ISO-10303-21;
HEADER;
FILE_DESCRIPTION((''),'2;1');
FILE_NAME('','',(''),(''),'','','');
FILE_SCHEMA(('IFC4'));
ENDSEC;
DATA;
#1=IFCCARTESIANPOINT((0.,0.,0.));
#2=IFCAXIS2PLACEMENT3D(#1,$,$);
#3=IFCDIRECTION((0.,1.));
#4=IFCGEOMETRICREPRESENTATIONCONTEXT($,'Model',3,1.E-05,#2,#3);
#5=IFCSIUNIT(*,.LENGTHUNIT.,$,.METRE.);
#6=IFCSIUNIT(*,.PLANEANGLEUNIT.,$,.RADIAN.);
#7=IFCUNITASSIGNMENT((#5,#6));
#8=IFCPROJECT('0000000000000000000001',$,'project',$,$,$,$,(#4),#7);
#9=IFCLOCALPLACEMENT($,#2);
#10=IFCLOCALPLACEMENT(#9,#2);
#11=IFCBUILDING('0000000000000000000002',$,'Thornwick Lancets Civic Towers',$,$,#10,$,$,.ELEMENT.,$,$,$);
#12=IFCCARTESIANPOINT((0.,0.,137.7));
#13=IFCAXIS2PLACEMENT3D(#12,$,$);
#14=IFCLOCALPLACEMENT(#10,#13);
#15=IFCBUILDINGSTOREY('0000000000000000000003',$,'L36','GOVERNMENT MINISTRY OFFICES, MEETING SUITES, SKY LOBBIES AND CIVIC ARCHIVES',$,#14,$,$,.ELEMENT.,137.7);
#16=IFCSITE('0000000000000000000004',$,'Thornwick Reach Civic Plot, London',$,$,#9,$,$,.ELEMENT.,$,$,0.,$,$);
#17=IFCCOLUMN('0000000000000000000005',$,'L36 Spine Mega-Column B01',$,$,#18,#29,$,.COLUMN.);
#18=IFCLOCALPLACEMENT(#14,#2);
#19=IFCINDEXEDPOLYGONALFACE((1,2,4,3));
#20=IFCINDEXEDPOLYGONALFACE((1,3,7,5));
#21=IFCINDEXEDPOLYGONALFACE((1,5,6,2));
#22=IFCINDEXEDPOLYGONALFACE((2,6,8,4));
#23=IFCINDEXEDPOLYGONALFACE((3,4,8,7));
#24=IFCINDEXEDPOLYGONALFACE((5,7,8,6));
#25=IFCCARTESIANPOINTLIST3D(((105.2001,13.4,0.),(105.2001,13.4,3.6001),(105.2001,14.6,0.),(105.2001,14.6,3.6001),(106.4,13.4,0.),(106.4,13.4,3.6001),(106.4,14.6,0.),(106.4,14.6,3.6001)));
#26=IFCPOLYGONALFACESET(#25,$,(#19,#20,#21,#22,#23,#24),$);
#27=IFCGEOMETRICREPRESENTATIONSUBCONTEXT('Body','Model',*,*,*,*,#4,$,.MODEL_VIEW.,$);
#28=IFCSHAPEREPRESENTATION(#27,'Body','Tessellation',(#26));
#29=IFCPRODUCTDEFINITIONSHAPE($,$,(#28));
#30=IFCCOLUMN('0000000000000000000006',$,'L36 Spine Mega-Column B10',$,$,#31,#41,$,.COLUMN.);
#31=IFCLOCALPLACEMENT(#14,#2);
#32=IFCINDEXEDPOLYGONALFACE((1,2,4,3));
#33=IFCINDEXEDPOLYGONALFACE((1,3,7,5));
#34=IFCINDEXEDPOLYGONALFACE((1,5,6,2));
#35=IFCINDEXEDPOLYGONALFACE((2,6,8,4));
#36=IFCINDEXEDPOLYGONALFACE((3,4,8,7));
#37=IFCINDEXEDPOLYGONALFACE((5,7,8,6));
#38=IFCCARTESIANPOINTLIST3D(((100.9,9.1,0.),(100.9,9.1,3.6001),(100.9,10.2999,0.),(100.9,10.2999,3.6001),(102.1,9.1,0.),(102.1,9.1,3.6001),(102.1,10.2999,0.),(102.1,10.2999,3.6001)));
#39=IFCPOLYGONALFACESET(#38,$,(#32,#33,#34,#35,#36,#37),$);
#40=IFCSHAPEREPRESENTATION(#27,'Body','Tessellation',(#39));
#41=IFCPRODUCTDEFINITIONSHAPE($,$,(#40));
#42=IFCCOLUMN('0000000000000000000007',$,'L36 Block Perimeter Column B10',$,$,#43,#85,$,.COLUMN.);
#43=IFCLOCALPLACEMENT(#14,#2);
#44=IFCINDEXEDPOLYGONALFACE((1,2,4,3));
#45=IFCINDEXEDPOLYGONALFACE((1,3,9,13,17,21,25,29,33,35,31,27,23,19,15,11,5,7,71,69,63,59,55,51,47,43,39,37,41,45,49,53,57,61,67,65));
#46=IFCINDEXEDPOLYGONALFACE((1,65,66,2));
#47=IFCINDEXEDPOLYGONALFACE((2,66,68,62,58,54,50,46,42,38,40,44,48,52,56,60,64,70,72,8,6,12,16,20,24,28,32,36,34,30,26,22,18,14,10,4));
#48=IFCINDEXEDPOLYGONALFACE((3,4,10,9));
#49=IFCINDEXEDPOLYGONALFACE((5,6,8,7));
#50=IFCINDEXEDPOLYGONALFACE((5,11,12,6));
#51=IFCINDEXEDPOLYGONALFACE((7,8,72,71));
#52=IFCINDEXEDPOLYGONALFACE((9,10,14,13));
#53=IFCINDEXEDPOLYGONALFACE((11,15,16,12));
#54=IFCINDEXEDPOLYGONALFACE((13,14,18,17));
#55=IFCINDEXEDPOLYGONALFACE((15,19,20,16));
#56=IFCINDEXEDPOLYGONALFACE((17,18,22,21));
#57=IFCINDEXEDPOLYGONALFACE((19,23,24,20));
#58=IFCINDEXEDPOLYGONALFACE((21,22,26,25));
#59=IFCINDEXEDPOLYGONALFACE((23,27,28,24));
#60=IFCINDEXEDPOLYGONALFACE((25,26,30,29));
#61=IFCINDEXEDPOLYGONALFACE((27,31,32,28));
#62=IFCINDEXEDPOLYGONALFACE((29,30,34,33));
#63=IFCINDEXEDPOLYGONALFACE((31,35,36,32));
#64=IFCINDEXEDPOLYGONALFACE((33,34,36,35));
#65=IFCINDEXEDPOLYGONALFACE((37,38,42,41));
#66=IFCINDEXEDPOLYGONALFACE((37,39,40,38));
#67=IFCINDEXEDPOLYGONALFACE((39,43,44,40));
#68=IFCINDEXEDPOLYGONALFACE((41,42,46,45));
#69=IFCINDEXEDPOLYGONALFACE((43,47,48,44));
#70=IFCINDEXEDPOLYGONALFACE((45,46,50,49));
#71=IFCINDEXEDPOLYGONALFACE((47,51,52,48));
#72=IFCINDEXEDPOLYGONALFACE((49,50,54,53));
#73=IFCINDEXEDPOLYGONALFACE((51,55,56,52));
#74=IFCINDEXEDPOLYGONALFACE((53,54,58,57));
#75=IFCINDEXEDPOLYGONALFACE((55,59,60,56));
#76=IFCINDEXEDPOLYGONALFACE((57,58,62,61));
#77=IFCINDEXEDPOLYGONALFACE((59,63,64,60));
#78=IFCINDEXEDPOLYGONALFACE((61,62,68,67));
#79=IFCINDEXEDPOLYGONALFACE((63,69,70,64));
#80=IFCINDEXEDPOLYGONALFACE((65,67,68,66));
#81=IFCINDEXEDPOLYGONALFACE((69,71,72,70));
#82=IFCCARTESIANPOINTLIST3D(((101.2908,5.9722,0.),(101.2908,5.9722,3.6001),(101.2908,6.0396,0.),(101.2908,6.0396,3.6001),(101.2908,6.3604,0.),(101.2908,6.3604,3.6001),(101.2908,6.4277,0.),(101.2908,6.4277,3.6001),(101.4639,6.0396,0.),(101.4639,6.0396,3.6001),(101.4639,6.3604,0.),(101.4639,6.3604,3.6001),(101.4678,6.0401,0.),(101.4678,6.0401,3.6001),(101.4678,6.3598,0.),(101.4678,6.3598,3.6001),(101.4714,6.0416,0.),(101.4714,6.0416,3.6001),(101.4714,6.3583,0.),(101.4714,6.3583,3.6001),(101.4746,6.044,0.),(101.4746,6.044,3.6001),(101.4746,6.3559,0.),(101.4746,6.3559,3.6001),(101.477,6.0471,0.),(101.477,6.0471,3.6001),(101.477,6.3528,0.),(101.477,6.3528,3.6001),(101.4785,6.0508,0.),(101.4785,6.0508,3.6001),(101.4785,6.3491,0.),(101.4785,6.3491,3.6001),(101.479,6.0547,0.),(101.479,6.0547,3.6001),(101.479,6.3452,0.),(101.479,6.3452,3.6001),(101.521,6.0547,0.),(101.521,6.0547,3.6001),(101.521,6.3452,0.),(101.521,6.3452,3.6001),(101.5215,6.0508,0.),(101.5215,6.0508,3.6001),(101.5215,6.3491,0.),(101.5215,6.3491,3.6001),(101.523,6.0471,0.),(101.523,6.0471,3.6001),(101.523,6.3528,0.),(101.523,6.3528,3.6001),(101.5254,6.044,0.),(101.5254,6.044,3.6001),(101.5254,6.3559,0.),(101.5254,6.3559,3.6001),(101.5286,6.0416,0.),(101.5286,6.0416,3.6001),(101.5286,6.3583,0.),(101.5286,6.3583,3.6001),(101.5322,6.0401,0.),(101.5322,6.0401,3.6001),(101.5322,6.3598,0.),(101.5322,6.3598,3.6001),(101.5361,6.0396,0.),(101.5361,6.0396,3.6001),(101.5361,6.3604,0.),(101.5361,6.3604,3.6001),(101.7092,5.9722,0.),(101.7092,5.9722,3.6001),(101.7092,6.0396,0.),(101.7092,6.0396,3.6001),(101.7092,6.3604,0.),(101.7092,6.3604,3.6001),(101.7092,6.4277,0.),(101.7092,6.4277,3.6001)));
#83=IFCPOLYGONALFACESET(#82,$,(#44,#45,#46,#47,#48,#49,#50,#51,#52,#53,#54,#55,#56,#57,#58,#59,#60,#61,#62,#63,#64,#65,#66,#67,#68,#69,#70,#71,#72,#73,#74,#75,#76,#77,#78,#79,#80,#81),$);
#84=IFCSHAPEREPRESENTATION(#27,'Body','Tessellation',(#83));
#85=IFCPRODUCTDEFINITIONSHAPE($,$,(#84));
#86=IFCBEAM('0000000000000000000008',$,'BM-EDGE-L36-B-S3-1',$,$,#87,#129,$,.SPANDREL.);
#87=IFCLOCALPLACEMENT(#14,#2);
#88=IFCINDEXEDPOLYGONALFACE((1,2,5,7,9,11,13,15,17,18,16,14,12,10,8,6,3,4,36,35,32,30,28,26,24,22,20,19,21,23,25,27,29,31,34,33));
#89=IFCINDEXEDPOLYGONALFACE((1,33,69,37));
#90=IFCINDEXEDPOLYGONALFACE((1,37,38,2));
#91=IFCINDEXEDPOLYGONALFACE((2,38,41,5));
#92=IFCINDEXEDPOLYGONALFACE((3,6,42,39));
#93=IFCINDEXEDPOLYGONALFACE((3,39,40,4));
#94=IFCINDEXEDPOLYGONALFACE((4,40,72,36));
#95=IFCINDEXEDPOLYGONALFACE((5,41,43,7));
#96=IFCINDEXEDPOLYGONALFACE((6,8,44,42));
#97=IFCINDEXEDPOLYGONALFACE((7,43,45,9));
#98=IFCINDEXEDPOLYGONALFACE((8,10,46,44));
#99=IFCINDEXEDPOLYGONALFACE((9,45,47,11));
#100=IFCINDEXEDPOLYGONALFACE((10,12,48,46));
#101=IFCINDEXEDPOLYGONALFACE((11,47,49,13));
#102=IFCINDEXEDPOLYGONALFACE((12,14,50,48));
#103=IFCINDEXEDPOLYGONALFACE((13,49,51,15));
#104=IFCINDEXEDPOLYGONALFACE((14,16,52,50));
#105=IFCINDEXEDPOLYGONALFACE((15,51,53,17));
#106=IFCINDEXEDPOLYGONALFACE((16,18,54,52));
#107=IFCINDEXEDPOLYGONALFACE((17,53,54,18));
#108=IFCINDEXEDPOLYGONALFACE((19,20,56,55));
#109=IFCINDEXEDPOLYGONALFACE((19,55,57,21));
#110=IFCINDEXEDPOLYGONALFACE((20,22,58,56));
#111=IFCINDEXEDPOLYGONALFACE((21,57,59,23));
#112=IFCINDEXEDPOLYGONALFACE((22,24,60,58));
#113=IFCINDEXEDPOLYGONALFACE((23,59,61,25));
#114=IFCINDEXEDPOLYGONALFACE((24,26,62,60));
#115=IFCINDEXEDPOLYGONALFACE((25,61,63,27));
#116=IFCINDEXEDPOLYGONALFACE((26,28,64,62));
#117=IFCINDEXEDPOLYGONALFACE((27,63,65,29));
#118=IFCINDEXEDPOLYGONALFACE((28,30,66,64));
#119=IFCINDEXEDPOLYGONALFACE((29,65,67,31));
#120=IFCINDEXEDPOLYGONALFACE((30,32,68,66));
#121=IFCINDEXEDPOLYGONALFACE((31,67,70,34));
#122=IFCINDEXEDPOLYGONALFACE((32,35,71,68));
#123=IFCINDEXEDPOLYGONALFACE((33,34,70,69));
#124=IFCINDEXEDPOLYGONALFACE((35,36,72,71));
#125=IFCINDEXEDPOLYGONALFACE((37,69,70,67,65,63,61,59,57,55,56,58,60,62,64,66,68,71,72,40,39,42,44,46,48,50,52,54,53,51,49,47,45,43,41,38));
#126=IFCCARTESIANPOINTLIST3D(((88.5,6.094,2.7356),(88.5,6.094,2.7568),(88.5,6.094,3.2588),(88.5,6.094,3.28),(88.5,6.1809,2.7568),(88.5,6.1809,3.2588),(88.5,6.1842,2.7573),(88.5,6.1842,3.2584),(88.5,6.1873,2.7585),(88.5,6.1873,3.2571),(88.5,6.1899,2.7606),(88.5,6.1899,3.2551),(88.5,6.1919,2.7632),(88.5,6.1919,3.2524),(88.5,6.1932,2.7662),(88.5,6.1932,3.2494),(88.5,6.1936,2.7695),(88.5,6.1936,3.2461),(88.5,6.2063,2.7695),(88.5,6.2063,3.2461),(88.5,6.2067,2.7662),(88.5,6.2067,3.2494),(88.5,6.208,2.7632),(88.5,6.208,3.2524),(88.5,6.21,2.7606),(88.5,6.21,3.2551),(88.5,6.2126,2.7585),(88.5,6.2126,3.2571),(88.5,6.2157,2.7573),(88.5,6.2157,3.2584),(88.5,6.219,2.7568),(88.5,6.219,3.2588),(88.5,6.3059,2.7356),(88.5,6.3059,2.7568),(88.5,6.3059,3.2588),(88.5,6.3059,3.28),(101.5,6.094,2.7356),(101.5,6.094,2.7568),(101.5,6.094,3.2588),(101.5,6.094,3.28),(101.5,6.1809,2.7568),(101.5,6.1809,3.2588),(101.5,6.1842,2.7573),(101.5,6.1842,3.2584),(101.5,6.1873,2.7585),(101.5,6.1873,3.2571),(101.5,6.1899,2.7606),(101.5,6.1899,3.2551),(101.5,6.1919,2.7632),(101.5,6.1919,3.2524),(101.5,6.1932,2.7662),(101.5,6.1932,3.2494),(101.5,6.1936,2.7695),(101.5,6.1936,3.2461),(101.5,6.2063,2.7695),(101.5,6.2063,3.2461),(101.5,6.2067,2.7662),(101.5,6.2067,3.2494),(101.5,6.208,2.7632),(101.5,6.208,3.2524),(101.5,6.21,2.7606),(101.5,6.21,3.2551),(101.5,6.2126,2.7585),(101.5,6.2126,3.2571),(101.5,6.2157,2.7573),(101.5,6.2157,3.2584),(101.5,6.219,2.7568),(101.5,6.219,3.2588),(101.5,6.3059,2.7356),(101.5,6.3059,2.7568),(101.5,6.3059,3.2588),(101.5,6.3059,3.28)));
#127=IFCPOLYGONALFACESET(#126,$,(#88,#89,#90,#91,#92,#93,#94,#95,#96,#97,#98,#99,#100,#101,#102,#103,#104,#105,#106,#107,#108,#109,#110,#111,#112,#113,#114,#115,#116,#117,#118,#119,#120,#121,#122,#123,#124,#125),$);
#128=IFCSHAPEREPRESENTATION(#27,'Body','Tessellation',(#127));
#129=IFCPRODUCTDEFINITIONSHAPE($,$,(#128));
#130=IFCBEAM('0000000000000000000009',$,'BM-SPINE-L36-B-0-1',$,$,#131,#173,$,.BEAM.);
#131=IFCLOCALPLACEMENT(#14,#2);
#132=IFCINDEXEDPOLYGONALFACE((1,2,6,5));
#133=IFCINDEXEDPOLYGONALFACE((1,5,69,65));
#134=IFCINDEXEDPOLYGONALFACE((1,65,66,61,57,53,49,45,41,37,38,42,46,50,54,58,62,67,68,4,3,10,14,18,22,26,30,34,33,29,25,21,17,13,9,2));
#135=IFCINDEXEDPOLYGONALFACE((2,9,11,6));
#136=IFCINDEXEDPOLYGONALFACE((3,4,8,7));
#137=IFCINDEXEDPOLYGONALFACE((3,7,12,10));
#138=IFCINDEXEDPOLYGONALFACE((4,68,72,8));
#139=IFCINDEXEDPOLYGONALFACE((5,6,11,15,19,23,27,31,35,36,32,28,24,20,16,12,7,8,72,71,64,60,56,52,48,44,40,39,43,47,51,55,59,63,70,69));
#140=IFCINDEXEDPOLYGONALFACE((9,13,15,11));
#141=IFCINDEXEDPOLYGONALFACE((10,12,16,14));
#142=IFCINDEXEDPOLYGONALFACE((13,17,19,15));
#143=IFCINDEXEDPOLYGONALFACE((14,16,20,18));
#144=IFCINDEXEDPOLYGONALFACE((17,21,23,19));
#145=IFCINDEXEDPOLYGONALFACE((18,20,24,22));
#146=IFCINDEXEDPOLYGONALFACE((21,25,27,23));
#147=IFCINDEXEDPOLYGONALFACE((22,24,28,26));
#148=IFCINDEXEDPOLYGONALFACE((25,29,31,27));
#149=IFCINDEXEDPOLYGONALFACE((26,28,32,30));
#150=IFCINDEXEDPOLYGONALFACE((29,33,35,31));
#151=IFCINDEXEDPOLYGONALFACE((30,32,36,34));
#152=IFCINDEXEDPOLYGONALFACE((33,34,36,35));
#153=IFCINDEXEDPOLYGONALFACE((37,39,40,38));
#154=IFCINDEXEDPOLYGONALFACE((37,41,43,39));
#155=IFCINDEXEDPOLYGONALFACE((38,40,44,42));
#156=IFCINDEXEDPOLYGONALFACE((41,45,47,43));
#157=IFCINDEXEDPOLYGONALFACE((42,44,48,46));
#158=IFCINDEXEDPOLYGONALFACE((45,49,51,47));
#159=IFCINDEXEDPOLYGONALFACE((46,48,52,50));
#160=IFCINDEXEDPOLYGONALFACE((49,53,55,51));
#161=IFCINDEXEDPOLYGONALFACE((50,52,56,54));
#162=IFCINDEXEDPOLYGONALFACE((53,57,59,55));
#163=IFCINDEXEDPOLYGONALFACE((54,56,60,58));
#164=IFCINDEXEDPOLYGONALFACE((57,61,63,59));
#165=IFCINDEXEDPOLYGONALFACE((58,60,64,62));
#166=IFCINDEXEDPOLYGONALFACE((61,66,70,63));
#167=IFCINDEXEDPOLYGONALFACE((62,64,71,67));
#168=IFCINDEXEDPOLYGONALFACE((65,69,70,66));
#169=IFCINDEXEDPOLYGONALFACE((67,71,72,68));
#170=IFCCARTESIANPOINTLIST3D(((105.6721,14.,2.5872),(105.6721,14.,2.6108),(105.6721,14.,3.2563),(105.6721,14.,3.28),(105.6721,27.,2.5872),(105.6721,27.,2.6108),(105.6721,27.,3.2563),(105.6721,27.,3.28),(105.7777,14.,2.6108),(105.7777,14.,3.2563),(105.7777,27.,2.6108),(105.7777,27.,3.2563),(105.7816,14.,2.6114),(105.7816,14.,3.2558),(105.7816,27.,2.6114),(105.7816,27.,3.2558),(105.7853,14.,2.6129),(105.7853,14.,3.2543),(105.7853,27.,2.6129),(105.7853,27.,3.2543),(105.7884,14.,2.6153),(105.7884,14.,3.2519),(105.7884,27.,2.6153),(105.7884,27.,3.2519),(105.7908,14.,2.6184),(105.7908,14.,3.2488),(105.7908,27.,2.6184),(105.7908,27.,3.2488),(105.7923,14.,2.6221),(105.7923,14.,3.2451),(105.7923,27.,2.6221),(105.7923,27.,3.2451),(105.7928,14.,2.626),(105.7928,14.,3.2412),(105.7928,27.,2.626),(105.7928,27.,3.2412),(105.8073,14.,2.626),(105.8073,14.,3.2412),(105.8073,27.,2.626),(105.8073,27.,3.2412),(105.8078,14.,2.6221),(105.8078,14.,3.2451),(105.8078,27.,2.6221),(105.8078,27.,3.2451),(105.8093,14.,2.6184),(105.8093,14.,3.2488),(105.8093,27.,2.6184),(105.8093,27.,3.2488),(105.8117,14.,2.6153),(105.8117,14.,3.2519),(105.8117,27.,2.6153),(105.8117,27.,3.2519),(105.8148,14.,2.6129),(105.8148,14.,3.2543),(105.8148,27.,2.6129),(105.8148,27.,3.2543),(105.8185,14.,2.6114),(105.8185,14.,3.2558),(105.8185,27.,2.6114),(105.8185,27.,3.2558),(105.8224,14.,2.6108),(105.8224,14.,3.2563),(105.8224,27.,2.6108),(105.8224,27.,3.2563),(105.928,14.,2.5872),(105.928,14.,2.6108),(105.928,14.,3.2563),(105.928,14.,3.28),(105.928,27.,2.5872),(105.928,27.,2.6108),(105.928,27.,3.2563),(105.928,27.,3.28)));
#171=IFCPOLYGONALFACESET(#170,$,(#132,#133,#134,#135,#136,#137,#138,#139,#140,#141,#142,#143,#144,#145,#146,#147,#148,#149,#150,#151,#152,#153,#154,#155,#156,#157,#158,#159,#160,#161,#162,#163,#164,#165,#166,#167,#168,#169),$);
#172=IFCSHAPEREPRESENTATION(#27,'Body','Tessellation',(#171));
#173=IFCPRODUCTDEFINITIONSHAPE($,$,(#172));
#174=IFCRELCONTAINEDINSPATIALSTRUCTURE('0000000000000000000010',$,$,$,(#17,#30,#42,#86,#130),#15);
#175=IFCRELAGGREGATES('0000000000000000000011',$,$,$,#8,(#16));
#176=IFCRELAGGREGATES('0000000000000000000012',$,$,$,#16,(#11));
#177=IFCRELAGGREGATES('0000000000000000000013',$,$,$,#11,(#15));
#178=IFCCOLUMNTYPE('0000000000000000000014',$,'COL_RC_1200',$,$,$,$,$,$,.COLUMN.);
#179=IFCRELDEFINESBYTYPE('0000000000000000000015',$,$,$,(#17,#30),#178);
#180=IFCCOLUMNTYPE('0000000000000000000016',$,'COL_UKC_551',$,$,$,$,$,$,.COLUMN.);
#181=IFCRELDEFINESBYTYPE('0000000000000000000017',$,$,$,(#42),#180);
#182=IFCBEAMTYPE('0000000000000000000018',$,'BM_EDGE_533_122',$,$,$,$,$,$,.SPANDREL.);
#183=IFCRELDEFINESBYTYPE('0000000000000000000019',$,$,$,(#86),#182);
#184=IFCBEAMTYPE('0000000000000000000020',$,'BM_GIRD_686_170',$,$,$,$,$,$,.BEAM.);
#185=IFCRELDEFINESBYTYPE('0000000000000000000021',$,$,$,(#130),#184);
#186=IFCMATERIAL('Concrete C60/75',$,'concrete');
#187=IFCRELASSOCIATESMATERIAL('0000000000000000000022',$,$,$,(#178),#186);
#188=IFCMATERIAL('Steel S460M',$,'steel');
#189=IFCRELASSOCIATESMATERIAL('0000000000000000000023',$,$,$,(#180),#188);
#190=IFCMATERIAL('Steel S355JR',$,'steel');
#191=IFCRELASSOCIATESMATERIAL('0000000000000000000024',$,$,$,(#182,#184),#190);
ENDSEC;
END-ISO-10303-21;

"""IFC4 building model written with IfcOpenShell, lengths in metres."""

from ifc_helpers import new_model, si_unit, direction, frame, origin, origin_2d, place, context, subcontext, project, spatial, rectangle, i_section, extrude, material, material_profile, profile_set, type_object, element, save


model = new_model("IFC4")

# Units and contexts
model_context = context("Model", 3, precision=1e-05, world=origin(), true_north=direction((0.0, 1.0)))
body_context = subcontext(model_context, "Body", "Model", "MODEL_VIEW")
ifc_project = project(units=[si_unit("LENGTHUNIT", "METRE"), si_unit("PLANEANGLEUNIT", "RADIAN")], contexts=[model_context])

# Site, building, storey
site_placement = place(None, origin())
site = spatial("IfcSite", under=ifc_project, at=site_placement, Name="Thornwick Reach Civic Plot, London", CompositionType="ELEMENT", RefElevation=0.0)
building_placement = place(site_placement, origin())
building = spatial("IfcBuilding", under=site, at=building_placement, Name="Thornwick Lancets Civic Towers", CompositionType="ELEMENT")
storey_placement = place(building_placement, frame((0.0, 0.0, 137.7)))
storey = spatial("IfcBuildingStorey", under=building, at=storey_placement, Name="L36", Description="GOVERNMENT MINISTRY OFFICES, MEETING SUITES, SKY LOBBIES AND CIVIC ARCHIVES", CompositionType="ELEMENT", Elevation=137.7)

# Columns
ifc_material_1 = material(Name="Concrete C60/75", Category="concrete")
ifc_material_profile_1 = material_profile(ifc_material_1, rectangle(XDim=1.2, YDim=1.2, at=origin_2d()), Name="RC 1200x1200")
ifc_profile_set_1 = profile_set([ifc_material_profile_1], Name="Concrete C60/75")
column_type_1 = type_object("IfcColumnType", Name="COL_RC_1200", PredefinedType="COLUMN", material=ifc_profile_set_1)
for number, where, z_axis, x_axis, name in (
    (1, (105.8, 14.0, 0.0), (0.0, 0.0, 1.0), (1.0, 0.0, 0.0), "L36 Spine Mega-Column B01"),
    (2, (101.5, 9.7, 0.0), (0.0, 0.0, 1.0), (1.0, 0.0, 0.0), "L36 Spine Mega-Column B10"),
):
    element("IfcColumn", number, at=place(storey_placement, frame(where, z_axis=z_axis, x_axis=x_axis)), inside=storey, type_object=column_type_1, Name=name, PredefinedType="COLUMN", context=body_context, shape_type="SweptSolid", body=[
        extrude(rectangle(XDim=1.2, YDim=1.2, at=origin_2d()), origin(), (0.0, 0.0, 1.0), 3.6001),
    ])
ifc_material_2 = material(Name="Steel S460M", Category="steel")
ifc_material_profile_2 = material_profile(ifc_material_2, i_section(OverallWidth=0.4185, OverallDepth=0.4556, WebThickness=0.042, FlangeThickness=0.0674, FilletRadius=0.0151, at=origin_2d()), Name="UKC 356x406x551")
ifc_profile_set_2 = profile_set([ifc_material_profile_2], Name="Steel S460M")
column_type_2 = type_object("IfcColumnType", Name="COL_UKC_551", PredefinedType="COLUMN", material=ifc_profile_set_2)
column_placement = place(storey_placement, frame((101.5, 6.2, 0.0), z_axis=(0.0, 0.0, 1.0), x_axis=(1.0, 0.0, 0.0)))
element("IfcColumn", 3, at=column_placement, inside=storey, type_object=column_type_2, Name="L36 Block Perimeter Column B10", PredefinedType="COLUMN", context=body_context, shape_type="SweptSolid", body=[
    extrude(i_section(OverallWidth=0.4185, OverallDepth=0.4556, WebThickness=0.042, FlangeThickness=0.0674, FilletRadius=0.0151, at=origin_2d()), origin(), (0.0, 0.0, 1.0), 3.6001),
])

# Beams
ifc_material_3 = material(Name="Steel S355JR", Category="steel")
ifc_material_profile_3 = material_profile(ifc_material_3, i_section(OverallWidth=0.2119, OverallDepth=0.5444, WebThickness=0.0127, FlangeThickness=0.0212, FilletRadius=0.0127, at=origin_2d()), Name="UKB 533x210x122")
ifc_profile_set_3 = profile_set([ifc_material_profile_3], Name="Steel S355JR")
beam_type_1 = type_object("IfcBeamType", Name="BM_EDGE_533_122", PredefinedType="SPANDREL", material=ifc_profile_set_3)
beam_1_placement = place(storey_placement, frame((101.5, 6.2, 3.0078), z_axis=(-1.0, 0.0, 0.0), x_axis=(0.0, -1.0, 0.0)))
element("IfcBeam", 4, at=beam_1_placement, inside=storey, type_object=beam_type_1, Name="BM-EDGE-L36-B-S3-1", PredefinedType="SPANDREL", context=body_context, shape_type="SweptSolid", body=[
    extrude(i_section(OverallWidth=0.2119, OverallDepth=0.5444, WebThickness=0.0127, FlangeThickness=0.0212, FilletRadius=0.0127, at=origin_2d()), origin(), (0.0, 0.0, 1.0), 13.0),
])
ifc_material_profile_4 = material_profile(ifc_material_3, i_section(OverallWidth=0.2559, OverallDepth=0.6929, WebThickness=0.0144, FlangeThickness=0.0237, FilletRadius=0.0151, at=origin_2d()), Name="UKB 686x254x170")
ifc_profile_set_4 = profile_set([ifc_material_profile_4], Name="Steel S355JR")
beam_type_2 = type_object("IfcBeamType", Name="BM_GIRD_686_170", PredefinedType="BEAM", material=ifc_profile_set_4)
for number, where, z_axis, x_axis, name in (
    (5, (105.8, 14.0, 2.9336), (0.0, 1.0, 0.0), (-1.0, 0.0, 0.0), "BM-SPINE-L36-B-0-1"),
):
    element("IfcBeam", number, at=place(storey_placement, frame(where, z_axis=z_axis, x_axis=x_axis)), inside=storey, type_object=beam_type_2, Name=name, PredefinedType="BEAM", context=body_context, shape_type="SweptSolid", body=[
        extrude(i_section(OverallWidth=0.2559, OverallDepth=0.6929, WebThickness=0.0144, FlangeThickness=0.0237, FilletRadius=0.0151, at=origin_2d()), origin(), (0.0, 0.0, 1.0), 13.0),
    ])

save(model, "model.ifc")
